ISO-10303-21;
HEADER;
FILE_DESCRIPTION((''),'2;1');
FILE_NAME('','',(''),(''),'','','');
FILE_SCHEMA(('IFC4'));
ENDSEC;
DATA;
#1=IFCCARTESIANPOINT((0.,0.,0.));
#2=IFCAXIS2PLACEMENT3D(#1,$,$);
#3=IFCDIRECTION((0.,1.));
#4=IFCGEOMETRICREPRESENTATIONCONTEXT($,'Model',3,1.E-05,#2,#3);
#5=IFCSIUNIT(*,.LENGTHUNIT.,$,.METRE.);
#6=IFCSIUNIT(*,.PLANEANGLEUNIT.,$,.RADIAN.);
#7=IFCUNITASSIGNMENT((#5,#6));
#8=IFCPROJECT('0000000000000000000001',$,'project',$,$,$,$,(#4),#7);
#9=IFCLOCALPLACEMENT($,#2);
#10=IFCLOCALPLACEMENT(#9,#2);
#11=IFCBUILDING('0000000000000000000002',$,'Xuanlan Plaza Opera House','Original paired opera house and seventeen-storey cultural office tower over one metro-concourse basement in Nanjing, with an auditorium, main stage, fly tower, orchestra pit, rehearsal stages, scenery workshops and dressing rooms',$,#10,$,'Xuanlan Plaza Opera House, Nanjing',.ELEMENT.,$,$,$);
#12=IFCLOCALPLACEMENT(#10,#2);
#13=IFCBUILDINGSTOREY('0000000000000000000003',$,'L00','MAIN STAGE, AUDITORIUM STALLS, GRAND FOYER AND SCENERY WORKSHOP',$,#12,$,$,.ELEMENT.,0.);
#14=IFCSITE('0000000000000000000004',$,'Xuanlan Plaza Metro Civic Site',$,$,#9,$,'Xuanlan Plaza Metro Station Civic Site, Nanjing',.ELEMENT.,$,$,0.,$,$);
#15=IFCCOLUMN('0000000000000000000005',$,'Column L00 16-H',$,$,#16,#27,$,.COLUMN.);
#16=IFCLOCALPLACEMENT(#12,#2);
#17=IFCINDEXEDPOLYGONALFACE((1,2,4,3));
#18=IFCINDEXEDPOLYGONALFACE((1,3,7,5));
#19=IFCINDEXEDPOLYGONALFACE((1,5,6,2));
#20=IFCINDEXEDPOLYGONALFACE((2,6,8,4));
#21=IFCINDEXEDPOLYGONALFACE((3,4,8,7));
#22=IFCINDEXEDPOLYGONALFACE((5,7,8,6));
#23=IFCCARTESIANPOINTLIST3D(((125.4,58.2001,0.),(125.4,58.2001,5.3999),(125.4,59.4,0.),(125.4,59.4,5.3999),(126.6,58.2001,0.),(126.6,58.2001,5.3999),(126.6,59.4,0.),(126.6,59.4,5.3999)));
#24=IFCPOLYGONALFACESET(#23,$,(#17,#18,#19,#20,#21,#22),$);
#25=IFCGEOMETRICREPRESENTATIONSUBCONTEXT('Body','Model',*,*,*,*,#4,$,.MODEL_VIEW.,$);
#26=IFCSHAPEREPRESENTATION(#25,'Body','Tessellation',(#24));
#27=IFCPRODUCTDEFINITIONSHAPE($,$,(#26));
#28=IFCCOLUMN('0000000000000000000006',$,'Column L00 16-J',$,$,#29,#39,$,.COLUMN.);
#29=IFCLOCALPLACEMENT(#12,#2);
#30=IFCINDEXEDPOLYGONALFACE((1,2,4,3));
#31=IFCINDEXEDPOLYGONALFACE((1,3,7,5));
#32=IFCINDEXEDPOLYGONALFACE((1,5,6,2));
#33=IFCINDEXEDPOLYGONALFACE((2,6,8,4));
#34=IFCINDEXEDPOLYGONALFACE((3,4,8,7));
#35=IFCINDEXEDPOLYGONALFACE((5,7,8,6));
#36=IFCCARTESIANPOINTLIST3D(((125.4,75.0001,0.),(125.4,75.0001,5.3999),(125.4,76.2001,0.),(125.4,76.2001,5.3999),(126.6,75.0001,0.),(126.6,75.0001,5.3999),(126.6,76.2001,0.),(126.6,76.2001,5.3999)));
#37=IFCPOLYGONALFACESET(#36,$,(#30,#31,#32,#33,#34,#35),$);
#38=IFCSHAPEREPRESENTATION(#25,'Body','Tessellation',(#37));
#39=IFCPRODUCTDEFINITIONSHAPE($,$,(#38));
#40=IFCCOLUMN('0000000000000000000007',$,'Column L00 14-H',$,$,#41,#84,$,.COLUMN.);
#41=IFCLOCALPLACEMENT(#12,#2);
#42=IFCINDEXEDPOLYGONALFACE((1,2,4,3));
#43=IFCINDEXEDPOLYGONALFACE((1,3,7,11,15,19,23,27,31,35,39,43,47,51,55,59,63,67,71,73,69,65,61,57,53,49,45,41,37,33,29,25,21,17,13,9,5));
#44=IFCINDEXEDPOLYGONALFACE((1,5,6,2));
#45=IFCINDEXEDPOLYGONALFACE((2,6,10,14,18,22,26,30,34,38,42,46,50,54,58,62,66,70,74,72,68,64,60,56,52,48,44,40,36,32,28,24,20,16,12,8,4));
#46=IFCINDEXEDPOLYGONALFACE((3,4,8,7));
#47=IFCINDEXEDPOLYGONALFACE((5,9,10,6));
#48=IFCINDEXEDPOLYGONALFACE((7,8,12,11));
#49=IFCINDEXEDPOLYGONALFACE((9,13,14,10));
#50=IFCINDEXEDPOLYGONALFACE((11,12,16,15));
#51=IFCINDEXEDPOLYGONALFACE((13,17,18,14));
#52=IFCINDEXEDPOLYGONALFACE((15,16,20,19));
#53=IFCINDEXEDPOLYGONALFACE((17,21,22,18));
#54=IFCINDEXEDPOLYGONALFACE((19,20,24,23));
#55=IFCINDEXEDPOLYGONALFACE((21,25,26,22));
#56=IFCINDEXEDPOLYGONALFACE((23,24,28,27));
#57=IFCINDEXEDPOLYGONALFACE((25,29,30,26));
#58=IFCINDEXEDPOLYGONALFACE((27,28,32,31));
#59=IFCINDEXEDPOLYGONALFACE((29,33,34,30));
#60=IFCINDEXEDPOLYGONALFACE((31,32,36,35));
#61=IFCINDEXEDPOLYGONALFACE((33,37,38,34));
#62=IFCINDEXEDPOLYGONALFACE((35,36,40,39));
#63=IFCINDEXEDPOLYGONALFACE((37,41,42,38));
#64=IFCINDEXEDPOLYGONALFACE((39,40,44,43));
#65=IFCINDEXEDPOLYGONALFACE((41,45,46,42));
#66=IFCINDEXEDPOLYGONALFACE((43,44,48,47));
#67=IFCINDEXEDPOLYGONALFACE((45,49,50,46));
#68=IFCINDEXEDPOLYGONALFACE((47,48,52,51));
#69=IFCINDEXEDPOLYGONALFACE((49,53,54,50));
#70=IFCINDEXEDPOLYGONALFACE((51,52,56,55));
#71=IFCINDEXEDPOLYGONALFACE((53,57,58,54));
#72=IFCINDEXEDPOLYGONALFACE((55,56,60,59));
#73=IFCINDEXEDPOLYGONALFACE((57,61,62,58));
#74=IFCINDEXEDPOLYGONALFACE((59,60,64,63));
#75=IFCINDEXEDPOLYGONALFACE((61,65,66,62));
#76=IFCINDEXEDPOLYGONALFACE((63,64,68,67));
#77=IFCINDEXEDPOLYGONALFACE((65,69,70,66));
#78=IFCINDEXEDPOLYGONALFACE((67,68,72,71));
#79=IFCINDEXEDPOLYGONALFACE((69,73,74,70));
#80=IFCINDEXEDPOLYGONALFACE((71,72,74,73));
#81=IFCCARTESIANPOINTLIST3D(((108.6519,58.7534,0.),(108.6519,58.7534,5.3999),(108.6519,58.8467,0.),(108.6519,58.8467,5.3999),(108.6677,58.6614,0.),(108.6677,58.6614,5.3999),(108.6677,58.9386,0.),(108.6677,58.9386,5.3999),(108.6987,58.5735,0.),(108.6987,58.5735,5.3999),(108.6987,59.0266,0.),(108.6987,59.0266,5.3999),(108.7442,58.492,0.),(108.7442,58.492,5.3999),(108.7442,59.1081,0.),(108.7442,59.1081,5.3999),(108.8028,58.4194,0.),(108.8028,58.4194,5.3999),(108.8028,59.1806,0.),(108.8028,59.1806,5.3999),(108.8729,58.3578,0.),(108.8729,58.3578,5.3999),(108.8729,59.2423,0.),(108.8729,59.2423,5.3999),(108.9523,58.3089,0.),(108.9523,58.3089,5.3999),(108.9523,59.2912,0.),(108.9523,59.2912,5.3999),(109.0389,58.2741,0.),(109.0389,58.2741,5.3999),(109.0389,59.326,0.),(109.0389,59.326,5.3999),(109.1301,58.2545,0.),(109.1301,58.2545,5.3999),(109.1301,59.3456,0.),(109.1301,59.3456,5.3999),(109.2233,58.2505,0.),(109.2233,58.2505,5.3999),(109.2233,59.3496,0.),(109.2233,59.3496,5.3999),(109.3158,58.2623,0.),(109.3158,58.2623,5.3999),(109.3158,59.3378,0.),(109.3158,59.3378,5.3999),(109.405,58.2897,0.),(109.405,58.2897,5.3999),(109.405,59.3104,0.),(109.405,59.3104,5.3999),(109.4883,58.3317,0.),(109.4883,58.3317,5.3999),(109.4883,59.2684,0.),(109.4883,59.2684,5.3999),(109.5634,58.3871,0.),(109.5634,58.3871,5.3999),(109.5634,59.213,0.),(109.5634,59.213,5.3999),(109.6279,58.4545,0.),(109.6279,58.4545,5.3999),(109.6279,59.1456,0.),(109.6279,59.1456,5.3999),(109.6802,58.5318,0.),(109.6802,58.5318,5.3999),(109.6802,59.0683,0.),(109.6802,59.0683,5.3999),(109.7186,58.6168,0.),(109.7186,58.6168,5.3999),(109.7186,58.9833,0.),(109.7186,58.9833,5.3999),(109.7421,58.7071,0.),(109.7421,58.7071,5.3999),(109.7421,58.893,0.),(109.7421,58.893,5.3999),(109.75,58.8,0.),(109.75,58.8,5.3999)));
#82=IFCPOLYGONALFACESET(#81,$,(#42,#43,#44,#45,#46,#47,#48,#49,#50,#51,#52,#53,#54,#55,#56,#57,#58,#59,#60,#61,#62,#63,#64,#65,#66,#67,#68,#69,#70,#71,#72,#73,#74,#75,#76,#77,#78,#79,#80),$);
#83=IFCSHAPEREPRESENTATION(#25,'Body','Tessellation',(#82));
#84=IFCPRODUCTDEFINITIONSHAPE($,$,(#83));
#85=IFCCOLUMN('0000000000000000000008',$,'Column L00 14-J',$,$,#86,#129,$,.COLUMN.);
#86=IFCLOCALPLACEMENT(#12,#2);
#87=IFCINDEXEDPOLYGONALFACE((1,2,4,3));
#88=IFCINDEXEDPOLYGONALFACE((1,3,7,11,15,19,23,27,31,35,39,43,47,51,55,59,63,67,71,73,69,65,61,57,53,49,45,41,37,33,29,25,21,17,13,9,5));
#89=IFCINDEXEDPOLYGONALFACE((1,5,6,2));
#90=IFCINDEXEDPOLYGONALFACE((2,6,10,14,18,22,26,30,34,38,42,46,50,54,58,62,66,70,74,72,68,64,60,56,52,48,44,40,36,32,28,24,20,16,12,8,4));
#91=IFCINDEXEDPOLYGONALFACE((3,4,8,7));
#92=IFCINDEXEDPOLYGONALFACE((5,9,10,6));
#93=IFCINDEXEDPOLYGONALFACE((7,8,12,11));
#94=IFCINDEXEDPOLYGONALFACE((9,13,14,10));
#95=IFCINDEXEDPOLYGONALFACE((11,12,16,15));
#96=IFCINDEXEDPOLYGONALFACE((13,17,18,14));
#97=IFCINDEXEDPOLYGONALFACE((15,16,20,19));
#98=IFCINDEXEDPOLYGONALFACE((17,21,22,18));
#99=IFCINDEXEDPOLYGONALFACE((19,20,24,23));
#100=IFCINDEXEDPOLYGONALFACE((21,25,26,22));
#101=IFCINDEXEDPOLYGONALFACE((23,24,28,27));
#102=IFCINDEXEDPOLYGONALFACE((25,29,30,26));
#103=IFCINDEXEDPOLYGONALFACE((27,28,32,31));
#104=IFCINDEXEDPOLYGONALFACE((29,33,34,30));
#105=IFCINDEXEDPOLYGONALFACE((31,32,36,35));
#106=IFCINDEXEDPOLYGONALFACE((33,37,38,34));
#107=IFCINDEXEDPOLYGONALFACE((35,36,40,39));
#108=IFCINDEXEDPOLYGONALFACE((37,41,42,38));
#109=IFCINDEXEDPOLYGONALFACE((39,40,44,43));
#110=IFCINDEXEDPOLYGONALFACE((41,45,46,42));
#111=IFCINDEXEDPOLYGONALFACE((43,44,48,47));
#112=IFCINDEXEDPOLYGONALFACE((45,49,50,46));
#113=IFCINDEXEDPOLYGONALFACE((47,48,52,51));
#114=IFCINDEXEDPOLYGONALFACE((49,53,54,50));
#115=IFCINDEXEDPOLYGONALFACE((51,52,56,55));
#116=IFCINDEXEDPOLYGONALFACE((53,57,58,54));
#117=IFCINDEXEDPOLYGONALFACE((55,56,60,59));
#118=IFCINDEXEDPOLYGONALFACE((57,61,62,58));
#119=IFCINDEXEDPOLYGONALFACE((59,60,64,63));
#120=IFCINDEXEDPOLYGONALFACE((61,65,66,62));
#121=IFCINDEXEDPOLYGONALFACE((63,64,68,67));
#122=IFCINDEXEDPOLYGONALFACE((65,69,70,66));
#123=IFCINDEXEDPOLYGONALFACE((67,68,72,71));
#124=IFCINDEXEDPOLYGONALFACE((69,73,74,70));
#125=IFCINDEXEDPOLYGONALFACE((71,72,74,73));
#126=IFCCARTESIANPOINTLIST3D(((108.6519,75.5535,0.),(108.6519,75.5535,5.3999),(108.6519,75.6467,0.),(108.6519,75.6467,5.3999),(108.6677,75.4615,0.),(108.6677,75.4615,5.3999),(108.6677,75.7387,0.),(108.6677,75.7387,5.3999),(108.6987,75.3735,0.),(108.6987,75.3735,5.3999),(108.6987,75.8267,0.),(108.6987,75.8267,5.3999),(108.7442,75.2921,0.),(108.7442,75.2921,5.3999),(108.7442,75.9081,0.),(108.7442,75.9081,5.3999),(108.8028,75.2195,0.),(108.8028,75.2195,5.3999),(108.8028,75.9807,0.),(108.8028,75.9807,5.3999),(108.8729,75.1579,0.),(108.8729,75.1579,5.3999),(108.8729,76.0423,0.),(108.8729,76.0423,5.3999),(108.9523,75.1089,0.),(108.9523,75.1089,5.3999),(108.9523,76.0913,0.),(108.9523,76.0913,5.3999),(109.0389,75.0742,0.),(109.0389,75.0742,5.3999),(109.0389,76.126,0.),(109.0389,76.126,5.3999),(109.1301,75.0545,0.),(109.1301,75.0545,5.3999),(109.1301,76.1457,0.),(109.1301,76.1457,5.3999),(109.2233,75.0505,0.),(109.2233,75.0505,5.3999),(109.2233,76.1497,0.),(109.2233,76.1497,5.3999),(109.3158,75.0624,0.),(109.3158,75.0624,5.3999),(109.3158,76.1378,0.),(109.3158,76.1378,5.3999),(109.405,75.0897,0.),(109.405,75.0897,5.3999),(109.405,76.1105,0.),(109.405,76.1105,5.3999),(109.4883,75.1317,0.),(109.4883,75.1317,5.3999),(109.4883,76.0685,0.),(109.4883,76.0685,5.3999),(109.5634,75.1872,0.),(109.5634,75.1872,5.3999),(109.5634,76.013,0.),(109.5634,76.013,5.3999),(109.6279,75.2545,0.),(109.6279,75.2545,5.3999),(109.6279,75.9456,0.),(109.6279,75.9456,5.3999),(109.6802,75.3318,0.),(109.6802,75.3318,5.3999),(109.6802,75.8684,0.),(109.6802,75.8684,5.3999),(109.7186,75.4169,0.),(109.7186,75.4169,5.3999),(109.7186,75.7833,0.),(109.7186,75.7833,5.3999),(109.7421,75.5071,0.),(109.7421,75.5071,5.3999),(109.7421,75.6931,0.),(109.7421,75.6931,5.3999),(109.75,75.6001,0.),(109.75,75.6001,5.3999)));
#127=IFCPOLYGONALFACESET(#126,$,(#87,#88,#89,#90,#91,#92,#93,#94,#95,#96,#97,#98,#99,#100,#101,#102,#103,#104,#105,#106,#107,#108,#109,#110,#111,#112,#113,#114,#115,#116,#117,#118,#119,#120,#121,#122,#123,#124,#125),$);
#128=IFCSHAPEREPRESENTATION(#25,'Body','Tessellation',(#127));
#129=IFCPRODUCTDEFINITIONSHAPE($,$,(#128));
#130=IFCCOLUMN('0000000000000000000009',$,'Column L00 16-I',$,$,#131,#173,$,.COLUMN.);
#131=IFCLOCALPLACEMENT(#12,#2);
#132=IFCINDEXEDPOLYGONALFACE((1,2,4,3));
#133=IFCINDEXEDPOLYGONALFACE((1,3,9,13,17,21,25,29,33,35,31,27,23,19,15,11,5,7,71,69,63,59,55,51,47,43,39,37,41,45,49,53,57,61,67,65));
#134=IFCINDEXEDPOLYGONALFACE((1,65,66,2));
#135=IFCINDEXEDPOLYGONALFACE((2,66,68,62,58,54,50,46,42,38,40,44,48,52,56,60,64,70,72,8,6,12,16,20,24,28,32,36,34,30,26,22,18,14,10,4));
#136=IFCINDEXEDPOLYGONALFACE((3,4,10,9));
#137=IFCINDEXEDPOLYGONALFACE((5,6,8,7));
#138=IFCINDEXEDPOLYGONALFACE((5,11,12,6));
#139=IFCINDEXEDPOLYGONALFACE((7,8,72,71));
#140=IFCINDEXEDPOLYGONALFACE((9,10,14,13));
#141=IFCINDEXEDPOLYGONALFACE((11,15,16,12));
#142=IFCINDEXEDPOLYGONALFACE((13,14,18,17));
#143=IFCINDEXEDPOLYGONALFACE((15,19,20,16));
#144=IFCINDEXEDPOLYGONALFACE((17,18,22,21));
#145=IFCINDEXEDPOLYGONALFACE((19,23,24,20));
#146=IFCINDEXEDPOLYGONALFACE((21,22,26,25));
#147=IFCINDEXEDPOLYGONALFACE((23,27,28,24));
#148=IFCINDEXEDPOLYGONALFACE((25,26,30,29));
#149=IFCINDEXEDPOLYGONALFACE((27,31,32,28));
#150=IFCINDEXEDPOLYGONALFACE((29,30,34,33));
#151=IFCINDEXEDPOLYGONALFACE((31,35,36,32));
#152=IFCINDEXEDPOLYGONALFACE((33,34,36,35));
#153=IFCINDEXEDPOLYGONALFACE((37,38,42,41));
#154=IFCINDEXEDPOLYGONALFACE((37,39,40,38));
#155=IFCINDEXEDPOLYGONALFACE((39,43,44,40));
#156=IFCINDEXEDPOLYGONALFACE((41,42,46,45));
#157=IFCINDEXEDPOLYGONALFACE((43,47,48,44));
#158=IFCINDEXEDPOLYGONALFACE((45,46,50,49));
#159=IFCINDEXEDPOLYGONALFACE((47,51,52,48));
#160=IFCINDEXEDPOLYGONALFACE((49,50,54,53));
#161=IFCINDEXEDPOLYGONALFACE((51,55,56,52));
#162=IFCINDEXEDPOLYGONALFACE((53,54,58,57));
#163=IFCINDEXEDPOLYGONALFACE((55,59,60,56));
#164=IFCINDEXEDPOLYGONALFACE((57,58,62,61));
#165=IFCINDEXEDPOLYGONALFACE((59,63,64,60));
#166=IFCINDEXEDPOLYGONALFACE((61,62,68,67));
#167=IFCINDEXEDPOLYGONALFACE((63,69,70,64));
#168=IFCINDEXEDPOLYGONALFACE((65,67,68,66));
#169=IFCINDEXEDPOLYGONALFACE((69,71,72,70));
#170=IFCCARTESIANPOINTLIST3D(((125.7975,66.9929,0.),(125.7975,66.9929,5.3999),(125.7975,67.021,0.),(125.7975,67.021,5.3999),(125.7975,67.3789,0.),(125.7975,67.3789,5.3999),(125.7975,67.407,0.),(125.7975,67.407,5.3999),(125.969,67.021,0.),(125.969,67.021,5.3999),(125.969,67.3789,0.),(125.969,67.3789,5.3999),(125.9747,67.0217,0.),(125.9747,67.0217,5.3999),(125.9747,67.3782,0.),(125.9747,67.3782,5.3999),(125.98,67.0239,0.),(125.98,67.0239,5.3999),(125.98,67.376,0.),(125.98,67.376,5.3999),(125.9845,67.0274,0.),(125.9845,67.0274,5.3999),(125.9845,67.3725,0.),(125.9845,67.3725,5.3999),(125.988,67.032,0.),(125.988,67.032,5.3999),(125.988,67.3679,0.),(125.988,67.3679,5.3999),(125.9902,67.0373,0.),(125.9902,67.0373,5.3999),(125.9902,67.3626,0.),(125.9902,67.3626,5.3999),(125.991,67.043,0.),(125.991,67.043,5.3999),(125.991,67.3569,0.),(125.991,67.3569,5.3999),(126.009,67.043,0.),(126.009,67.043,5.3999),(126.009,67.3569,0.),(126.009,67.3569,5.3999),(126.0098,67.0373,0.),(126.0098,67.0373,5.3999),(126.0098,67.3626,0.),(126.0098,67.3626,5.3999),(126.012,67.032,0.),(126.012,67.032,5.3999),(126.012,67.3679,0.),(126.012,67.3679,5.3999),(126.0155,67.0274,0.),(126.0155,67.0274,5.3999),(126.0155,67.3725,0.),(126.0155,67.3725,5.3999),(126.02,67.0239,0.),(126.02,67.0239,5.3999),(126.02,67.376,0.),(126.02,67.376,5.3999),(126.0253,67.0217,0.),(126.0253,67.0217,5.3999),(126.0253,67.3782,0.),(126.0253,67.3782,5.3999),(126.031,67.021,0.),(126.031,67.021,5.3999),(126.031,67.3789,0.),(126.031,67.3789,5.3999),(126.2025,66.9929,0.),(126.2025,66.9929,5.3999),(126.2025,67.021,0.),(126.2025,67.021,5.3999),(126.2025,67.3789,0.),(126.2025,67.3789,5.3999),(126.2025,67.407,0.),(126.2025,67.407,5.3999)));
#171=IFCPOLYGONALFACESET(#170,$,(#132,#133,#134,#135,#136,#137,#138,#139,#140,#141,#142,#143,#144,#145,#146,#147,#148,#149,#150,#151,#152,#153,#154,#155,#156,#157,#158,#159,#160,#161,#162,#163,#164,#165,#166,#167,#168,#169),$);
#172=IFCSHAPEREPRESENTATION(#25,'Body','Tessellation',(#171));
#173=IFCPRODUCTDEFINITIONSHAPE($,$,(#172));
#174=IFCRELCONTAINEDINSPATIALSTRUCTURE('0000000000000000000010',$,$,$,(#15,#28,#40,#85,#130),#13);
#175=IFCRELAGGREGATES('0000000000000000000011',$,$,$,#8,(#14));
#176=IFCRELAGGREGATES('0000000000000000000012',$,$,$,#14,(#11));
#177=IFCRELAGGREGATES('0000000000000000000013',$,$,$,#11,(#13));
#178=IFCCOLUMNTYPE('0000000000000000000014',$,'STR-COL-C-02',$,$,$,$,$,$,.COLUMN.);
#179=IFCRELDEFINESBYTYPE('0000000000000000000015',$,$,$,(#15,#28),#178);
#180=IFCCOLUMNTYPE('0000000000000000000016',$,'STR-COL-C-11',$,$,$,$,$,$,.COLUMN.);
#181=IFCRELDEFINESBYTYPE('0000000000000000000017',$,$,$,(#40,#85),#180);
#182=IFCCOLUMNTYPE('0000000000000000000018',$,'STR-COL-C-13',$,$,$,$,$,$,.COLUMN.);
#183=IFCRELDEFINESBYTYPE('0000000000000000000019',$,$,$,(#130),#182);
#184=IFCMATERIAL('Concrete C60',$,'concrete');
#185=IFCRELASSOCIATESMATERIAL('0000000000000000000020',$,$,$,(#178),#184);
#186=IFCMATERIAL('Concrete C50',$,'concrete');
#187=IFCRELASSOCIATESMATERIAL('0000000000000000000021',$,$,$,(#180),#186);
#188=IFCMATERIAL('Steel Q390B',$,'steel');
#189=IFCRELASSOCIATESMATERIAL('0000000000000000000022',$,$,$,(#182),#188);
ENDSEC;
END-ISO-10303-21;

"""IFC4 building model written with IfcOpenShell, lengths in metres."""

from ifc_helpers import new_model, si_unit, direction, frame, origin, origin_2d, place, context, subcontext, project, spatial, rectangle, circle, i_section, extrude, material, material_profile, profile_set, type_object, element, save


model = new_model("IFC4")

# Units and contexts
model_context = context("Model", 3, precision=1e-05, world=origin(), true_north=direction((0.0, 1.0)))
body_context = subcontext(model_context, "Body", "Model", "MODEL_VIEW")
ifc_project = project(units=[si_unit("LENGTHUNIT", "METRE"), si_unit("PLANEANGLEUNIT", "RADIAN")], contexts=[model_context])

# Site, building, storey
site_placement = place(None, origin())
site = spatial("IfcSite", under=ifc_project, at=site_placement, Name="Xuanlan Plaza Metro Civic Site", LongName="Xuanlan Plaza Metro Station Civic Site, Nanjing", CompositionType="ELEMENT", RefElevation=0.0)
building_placement = place(site_placement, origin())
building = spatial("IfcBuilding", under=site, at=building_placement, Name="Xuanlan Plaza Opera House", Description="Original paired opera house and seventeen-storey cultural office tower over one metro-concourse basement in Nanjing, with an auditorium, main stage, fly tower, orchestra pit, rehearsal stages, scenery workshops and dressing rooms", LongName="Xuanlan Plaza Opera House, Nanjing", CompositionType="ELEMENT")
storey_placement = place(building_placement, origin())
storey = spatial("IfcBuildingStorey", under=building, at=storey_placement, Name="L00", Description="MAIN STAGE, AUDITORIUM STALLS, GRAND FOYER AND SCENERY WORKSHOP", CompositionType="ELEMENT", Elevation=0.0)

# Columns
ifc_material_1 = material(Name="Concrete C60", Category="concrete")
ifc_material_profile_1 = material_profile(ifc_material_1, rectangle(XDim=1.2, YDim=1.2, at=origin_2d()), Name="RC-COL 1200x1200")
ifc_profile_set_1 = profile_set([ifc_material_profile_1], Name="Concrete C60")
column_type_1 = type_object("IfcColumnType", Name="STR-COL-C-02", PredefinedType="COLUMN", material=ifc_profile_set_1)
for number, where, z_axis, x_axis, name in (
    (1, (126.0, 58.8, 0.0), (0.0, 0.0, 1.0), (1.0, 0.0, 0.0), "Column L00 16-H"),
    (2, (126.0, 75.6001, 0.0), (0.0, 0.0, 1.0), (1.0, 0.0, 0.0), "Column L00 16-J"),
):
    element("IfcColumn", number, at=place(storey_placement, frame(where, z_axis=z_axis, x_axis=x_axis)), inside=storey, type_object=column_type_1, Name=name, PredefinedType="COLUMN", context=body_context, shape_type="SweptSolid", body=[
        extrude(rectangle(XDim=1.2, YDim=1.2, at=origin_2d()), origin(), (0.0, 0.0, 1.0), 5.3999),
    ])
ifc_material_2 = material(Name="Concrete C50", Category="concrete")
ifc_material_profile_2 = material_profile(ifc_material_2, circle(Radius=0.55, at=origin_2d()), Name="RC-COL D1100")
ifc_profile_set_2 = profile_set([ifc_material_profile_2], Name="Concrete C50")
column_type_2 = type_object("IfcColumnType", Name="STR-COL-C-11", PredefinedType="COLUMN", material=ifc_profile_set_2)
for number, where, z_axis, x_axis, name in (
    (3, (109.2, 58.8, 0.0), (0.0, 0.0, 1.0), (1.0, 0.0, 0.0), "Column L00 14-H"),
    (4, (109.2, 75.6001, 0.0), (0.0, 0.0, 1.0), (1.0, 0.0, 0.0), "Column L00 14-J"),
):
    element("IfcColumn", number, at=place(storey_placement, frame(where, z_axis=z_axis, x_axis=x_axis)), inside=storey, type_object=column_type_2, Name=name, PredefinedType="COLUMN", context=body_context, shape_type="SweptSolid", body=[
        extrude(circle(Radius=0.55, at=origin_2d()), origin(), (0.0, 0.0, 1.0), 5.3999),
    ])
ifc_material_3 = material(Name="Steel Q390B", Category="steel")
ifc_material_profile_3 = material_profile(ifc_material_3, i_section(OverallWidth=0.405, OverallDepth=0.4141, WebThickness=0.0181, FlangeThickness=0.0281, FilletRadius=0.022, at=origin_2d()), Name="HW 414x405x18x28")
ifc_profile_set_3 = profile_set([ifc_material_profile_3], Name="Steel Q390B")
column_type_3 = type_object("IfcColumnType", Name="STR-COL-C-13", PredefinedType="COLUMN", material=ifc_profile_set_3)
column_placement = place(storey_placement, frame((126.0, 67.2, 0.0), z_axis=(0.0, 0.0, 1.0), x_axis=(1.0, 0.0, 0.0)))
element("IfcColumn", 5, at=column_placement, inside=storey, type_object=column_type_3, Name="Column L00 16-I", PredefinedType="COLUMN", context=body_context, shape_type="SweptSolid", body=[
    extrude(i_section(OverallWidth=0.405, OverallDepth=0.4141, WebThickness=0.0181, FlangeThickness=0.0281, FilletRadius=0.022, at=origin_2d()), origin(), (0.0, 0.0, 1.0), 5.3999),
])

save(model, "model.ifc")
